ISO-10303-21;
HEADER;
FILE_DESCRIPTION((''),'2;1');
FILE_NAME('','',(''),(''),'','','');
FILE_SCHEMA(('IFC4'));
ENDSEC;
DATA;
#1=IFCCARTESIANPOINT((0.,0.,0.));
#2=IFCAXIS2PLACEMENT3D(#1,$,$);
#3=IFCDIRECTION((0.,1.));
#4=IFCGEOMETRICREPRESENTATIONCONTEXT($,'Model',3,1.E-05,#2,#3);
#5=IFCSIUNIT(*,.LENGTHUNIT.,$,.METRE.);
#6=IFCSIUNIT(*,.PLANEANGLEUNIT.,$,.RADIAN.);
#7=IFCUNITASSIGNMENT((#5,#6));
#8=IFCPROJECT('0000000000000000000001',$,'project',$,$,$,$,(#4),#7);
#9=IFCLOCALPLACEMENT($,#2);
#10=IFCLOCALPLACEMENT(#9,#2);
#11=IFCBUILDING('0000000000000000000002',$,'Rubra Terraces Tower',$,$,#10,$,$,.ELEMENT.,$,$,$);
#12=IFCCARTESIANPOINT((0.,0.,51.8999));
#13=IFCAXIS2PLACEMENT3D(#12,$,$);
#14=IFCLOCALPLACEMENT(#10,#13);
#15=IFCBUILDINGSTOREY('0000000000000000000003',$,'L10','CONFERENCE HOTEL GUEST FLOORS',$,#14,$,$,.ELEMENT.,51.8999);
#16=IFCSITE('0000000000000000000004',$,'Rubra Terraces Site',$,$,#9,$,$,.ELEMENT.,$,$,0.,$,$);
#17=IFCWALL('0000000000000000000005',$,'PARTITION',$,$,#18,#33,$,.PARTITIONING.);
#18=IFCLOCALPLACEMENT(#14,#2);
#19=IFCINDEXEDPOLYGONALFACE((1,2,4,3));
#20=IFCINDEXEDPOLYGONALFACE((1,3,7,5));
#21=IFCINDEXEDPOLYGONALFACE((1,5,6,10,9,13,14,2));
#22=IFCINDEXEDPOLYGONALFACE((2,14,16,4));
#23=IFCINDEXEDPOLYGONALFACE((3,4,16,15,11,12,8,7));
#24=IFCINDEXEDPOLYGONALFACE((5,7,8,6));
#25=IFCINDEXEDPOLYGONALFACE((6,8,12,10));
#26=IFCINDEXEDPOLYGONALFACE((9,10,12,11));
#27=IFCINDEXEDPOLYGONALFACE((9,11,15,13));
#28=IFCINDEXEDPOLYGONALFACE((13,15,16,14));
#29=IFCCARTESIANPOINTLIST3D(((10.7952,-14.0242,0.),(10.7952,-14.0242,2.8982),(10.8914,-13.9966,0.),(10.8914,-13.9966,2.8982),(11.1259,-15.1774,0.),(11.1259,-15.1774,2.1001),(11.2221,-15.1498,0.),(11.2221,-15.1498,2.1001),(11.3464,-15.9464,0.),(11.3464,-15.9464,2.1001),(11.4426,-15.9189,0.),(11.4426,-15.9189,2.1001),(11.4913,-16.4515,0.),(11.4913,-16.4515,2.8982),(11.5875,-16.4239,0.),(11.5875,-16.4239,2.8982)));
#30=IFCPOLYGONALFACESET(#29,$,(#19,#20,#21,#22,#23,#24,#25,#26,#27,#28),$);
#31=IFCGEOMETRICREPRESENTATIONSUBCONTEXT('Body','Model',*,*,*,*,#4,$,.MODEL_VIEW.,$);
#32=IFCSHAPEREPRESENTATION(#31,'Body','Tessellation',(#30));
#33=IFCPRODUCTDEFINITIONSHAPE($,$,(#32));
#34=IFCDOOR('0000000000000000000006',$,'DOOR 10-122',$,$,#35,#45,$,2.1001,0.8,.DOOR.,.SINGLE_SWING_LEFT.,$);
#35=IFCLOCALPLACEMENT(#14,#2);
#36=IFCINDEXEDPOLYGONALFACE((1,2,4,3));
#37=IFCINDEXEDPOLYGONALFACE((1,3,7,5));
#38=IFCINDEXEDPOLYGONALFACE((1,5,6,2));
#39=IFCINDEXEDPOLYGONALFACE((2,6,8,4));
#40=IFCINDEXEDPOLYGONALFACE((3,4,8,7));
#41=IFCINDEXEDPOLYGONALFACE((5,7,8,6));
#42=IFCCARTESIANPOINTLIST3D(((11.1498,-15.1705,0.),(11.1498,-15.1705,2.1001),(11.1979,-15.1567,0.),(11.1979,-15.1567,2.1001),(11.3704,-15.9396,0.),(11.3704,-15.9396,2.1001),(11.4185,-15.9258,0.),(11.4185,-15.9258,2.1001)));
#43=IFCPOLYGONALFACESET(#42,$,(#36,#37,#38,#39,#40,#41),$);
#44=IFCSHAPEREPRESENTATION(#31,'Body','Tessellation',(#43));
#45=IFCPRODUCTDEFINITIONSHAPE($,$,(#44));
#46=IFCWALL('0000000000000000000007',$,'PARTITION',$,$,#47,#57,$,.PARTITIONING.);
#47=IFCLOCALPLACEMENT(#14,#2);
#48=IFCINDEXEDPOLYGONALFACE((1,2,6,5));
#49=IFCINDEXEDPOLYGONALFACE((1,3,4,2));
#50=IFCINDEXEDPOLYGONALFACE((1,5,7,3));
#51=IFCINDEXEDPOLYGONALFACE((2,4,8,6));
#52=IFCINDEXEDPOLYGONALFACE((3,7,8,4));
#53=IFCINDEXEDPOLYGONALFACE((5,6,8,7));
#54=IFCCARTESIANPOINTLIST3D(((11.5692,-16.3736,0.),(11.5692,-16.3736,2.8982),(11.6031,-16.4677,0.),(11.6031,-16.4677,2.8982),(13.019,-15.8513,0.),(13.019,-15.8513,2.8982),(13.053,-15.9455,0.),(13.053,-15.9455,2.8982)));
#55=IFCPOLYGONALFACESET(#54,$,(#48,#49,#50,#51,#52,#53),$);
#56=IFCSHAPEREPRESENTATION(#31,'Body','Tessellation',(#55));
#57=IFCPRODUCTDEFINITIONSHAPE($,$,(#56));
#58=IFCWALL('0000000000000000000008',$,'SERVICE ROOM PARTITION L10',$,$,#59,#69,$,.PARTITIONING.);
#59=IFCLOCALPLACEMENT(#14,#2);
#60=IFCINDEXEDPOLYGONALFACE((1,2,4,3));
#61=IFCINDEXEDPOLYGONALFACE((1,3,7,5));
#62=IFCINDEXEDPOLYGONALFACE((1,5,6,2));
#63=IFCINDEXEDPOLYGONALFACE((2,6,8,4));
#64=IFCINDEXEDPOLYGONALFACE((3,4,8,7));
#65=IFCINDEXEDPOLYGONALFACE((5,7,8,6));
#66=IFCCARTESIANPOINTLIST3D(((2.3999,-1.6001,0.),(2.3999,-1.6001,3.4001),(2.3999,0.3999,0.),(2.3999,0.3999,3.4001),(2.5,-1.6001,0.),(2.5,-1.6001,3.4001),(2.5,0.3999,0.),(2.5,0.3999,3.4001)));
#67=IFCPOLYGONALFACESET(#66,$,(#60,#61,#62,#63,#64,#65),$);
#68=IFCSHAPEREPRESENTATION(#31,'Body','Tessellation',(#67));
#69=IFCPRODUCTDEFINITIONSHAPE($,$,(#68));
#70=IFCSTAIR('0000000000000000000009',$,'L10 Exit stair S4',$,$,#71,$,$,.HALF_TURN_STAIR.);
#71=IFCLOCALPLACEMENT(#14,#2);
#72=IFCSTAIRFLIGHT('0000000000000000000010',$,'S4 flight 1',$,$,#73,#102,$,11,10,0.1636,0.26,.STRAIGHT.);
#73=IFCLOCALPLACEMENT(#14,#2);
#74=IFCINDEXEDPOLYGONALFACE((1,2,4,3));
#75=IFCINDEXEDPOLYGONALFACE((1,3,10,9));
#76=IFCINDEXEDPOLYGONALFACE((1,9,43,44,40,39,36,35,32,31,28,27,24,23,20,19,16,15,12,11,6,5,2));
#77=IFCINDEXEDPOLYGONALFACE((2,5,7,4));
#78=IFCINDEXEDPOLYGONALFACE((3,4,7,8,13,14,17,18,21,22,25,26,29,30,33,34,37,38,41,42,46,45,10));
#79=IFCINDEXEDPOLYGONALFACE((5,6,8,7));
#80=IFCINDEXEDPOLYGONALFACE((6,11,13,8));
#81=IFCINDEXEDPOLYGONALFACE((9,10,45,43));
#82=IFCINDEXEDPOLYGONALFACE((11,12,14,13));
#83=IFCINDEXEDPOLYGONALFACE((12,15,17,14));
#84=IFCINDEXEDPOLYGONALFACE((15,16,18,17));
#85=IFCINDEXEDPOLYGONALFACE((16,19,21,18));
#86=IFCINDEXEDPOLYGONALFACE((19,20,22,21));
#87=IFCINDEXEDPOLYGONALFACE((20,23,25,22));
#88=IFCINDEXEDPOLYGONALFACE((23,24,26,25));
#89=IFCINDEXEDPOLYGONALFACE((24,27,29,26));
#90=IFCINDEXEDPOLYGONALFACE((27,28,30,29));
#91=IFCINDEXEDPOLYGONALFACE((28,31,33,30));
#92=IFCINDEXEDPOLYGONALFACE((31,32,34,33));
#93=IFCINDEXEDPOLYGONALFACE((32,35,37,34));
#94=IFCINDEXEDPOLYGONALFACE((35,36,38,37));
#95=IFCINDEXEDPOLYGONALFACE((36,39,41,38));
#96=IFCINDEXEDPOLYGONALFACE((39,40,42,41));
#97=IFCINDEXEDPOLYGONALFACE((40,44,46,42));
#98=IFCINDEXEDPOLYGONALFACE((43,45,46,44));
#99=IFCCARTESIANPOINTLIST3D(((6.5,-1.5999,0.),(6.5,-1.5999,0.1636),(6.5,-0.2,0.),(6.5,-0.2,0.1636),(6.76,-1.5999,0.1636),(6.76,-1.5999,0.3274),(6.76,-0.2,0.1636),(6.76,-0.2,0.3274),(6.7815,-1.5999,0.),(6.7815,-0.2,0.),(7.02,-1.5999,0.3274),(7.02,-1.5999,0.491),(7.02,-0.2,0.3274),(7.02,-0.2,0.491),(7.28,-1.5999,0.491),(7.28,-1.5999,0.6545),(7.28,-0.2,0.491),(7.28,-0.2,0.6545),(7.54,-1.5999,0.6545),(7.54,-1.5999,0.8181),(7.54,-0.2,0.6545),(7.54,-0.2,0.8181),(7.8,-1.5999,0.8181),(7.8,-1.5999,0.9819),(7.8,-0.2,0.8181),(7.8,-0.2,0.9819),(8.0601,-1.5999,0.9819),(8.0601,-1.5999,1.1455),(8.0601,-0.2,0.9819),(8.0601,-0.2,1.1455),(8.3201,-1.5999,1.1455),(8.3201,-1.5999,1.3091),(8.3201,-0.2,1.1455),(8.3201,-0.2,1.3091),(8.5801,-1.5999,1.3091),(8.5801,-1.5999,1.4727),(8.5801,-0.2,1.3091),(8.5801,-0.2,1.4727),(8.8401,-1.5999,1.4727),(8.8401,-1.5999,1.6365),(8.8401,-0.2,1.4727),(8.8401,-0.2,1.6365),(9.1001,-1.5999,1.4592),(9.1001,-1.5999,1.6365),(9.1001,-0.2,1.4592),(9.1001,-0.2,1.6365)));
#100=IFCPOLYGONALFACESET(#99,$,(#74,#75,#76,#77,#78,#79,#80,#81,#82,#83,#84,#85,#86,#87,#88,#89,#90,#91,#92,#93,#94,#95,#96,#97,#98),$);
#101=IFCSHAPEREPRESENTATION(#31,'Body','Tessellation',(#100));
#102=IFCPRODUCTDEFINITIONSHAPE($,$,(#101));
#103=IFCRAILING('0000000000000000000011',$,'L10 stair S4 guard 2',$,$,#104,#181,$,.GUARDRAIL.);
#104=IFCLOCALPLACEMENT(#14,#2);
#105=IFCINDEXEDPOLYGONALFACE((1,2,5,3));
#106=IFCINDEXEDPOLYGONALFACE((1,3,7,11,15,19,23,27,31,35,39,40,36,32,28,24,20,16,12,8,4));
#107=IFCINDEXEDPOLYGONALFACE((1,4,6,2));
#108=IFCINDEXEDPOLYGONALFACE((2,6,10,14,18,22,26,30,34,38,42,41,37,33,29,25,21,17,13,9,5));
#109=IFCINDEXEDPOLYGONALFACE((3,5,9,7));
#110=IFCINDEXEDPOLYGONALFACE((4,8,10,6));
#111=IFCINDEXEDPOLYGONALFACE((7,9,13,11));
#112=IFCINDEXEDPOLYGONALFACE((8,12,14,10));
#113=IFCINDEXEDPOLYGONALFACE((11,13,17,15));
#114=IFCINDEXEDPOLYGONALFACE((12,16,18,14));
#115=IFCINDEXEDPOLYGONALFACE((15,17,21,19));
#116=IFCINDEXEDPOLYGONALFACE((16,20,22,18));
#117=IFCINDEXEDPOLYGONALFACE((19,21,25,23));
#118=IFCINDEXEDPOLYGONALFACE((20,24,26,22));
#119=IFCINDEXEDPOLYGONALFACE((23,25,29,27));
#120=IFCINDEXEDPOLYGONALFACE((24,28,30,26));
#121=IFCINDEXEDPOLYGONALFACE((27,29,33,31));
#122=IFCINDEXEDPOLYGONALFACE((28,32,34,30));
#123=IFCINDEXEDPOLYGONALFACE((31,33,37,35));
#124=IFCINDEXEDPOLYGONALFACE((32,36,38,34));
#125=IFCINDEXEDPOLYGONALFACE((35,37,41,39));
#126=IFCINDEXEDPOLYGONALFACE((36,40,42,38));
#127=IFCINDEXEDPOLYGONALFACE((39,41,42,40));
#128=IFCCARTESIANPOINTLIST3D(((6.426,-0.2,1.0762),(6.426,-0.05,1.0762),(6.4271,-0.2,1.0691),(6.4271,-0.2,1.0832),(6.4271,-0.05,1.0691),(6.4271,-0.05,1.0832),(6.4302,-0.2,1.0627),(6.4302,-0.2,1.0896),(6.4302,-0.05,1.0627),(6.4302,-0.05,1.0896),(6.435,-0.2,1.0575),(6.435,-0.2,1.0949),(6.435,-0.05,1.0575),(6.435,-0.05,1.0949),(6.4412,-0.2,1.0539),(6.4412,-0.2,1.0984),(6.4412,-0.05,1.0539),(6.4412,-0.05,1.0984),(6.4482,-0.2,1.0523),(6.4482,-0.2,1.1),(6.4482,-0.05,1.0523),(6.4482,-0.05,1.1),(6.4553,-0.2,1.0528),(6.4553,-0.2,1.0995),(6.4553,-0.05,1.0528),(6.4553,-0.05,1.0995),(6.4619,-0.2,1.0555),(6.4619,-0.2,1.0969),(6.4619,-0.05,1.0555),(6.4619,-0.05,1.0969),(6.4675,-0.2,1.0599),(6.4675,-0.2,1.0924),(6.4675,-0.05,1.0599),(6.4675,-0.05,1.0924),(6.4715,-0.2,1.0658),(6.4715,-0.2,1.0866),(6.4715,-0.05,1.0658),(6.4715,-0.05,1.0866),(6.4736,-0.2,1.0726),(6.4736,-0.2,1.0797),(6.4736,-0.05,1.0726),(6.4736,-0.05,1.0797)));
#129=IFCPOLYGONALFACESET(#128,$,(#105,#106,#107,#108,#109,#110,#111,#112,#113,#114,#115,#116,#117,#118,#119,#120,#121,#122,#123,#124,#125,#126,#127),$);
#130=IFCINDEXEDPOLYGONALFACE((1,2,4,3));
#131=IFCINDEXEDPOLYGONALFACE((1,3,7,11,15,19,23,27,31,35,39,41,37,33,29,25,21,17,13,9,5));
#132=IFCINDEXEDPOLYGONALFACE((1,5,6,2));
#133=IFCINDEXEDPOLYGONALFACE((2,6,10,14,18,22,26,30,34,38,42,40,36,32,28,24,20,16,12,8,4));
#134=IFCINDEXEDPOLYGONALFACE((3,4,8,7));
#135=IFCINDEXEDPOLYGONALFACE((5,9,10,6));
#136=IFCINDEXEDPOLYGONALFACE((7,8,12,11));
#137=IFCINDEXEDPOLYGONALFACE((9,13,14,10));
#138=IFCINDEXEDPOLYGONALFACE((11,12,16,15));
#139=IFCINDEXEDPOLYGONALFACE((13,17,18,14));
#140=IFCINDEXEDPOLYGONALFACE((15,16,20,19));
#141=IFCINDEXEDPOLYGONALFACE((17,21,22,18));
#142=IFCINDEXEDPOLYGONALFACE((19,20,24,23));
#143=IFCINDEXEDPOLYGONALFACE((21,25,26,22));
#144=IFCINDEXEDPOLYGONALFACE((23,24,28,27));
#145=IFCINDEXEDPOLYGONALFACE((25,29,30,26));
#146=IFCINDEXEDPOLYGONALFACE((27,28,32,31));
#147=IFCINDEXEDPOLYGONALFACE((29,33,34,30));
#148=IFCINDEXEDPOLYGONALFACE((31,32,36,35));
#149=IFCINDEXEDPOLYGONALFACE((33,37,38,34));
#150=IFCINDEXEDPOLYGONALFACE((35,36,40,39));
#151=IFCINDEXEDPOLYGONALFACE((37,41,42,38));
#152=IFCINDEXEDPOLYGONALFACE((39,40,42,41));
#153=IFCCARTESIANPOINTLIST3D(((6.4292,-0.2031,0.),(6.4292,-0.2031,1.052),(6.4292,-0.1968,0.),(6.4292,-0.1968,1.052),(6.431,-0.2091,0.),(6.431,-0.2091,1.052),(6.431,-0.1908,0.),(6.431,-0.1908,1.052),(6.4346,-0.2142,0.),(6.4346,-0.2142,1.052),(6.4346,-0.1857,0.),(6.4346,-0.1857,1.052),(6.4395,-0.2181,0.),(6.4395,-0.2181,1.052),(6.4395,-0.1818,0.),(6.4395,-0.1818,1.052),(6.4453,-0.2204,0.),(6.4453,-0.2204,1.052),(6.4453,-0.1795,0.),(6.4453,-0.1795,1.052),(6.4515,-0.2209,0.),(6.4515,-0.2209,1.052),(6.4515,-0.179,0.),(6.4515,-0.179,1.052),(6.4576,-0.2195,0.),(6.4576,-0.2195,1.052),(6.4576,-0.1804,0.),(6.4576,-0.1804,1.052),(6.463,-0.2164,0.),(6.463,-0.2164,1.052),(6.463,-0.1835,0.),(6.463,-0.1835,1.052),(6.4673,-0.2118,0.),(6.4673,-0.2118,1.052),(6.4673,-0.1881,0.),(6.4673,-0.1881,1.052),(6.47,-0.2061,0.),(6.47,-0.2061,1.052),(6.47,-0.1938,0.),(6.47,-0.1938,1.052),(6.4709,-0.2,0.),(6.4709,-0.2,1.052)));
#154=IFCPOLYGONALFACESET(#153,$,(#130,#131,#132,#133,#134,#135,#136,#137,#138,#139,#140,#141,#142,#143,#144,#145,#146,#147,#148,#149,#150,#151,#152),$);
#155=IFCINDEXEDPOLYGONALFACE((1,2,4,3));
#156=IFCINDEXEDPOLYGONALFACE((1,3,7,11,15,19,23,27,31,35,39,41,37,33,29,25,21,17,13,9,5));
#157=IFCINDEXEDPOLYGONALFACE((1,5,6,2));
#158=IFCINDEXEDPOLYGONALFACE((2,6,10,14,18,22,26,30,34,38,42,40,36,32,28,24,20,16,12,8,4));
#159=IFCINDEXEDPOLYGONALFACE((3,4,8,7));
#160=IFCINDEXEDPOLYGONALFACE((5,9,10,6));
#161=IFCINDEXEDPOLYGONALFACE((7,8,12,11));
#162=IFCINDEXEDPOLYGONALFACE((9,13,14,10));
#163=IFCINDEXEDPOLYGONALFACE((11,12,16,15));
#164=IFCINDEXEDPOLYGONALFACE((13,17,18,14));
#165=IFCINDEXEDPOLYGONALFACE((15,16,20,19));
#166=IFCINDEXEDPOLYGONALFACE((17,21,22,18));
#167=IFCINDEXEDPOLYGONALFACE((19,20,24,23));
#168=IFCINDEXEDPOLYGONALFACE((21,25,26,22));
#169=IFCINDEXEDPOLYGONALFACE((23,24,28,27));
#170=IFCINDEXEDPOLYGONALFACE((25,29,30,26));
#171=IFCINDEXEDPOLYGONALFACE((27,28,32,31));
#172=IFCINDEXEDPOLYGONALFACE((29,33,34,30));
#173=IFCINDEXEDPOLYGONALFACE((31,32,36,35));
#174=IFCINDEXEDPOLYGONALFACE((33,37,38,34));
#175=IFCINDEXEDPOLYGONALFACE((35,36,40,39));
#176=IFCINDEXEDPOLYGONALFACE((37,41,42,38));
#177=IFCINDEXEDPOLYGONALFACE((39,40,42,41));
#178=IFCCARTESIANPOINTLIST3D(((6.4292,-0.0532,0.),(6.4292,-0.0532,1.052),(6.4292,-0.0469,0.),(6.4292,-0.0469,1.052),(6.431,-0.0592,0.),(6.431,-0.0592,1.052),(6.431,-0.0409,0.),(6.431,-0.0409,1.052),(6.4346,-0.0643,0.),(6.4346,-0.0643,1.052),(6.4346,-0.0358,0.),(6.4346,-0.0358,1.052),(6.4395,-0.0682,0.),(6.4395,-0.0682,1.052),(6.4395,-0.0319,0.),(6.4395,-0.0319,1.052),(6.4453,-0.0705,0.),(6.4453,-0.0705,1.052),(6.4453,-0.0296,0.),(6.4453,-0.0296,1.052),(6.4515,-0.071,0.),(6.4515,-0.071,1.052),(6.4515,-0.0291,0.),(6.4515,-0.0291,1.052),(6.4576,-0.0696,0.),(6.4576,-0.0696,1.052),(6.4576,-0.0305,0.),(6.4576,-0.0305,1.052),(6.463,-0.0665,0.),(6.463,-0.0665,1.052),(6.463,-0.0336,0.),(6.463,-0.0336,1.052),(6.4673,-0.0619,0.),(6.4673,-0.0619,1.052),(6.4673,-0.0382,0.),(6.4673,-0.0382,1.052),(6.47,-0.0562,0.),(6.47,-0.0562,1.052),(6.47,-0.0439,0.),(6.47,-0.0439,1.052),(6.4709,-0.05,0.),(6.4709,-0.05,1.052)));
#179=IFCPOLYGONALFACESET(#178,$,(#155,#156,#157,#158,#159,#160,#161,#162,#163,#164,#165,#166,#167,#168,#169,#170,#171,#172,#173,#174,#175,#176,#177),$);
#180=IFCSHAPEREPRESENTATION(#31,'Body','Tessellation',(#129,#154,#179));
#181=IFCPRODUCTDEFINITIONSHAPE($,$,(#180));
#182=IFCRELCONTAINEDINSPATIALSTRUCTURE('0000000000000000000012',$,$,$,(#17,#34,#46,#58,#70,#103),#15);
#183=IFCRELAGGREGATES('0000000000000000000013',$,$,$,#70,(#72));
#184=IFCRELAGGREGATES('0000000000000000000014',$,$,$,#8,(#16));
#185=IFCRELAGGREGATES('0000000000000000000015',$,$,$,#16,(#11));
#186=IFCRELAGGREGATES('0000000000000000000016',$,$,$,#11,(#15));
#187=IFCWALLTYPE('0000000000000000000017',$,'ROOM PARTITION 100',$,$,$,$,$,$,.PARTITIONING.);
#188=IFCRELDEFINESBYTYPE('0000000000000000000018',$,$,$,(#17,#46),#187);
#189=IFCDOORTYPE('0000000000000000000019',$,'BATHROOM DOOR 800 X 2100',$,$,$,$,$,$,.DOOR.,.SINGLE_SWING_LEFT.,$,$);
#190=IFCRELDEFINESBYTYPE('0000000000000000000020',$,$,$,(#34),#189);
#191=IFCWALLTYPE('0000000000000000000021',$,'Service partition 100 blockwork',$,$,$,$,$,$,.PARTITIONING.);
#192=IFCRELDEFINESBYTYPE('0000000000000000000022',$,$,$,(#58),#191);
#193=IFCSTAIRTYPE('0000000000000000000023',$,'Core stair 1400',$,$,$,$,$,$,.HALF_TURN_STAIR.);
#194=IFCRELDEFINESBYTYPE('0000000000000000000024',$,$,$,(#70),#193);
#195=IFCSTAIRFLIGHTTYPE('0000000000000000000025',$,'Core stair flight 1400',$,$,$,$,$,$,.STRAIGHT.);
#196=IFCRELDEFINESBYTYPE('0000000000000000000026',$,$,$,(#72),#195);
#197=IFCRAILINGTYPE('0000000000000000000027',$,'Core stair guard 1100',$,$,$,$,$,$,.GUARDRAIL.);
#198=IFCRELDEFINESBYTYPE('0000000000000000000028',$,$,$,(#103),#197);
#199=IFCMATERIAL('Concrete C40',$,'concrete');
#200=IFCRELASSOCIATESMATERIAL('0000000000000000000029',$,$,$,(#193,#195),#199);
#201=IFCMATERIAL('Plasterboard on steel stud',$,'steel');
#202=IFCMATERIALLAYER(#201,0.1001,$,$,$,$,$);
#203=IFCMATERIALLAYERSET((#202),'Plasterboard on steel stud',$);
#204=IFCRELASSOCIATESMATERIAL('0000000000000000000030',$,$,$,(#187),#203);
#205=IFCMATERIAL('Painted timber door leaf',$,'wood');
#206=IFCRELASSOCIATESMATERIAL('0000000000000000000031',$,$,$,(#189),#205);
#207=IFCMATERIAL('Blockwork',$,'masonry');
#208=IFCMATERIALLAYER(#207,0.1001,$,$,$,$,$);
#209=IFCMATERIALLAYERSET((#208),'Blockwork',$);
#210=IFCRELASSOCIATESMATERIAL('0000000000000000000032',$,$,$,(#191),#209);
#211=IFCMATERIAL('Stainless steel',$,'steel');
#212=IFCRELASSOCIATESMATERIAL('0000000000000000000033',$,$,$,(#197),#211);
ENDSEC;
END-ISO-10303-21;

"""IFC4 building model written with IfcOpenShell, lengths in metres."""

from ifc_helpers import new_model, si_unit, direction, frame, frame_2d, origin, origin_2d, place, context, subcontext, project, spatial, polyline, rectangle, circle, outline, extrude, material, layer, layer_set, type_object, element, fill, aggregate, save


model = new_model("IFC4")

# Units and contexts
model_context = context("Model", 3, precision=1e-05, world=origin(), true_north=direction((0.0, 1.0)))
body_context = subcontext(model_context, "Body", "Model", "MODEL_VIEW")
ifc_project = project(units=[si_unit("LENGTHUNIT", "METRE"), si_unit("PLANEANGLEUNIT", "RADIAN")], contexts=[model_context])

# Site, building, storey
site_placement = place(None, origin())
site = spatial("IfcSite", under=ifc_project, at=site_placement, Name="Rubra Terraces Site", CompositionType="ELEMENT", RefElevation=0.0)
building_placement = place(site_placement, origin())
building = spatial("IfcBuilding", under=site, at=building_placement, Name="Rubra Terraces Tower", CompositionType="ELEMENT")
storey_placement = place(building_placement, frame((0.0, 0.0, 51.8999)))
storey = spatial("IfcBuildingStorey", under=building, at=storey_placement, Name="L10", Description="CONFERENCE HOTEL GUEST FLOORS", CompositionType="ELEMENT", Elevation=51.8999)

# Shared definitions
ifc_material_1 = material(Name="Concrete C40", Category="concrete")

# Shared definitions
stair_type = type_object("IfcStairType", Name="Core stair 1400", PredefinedType="HALF_TURN_STAIR", material=ifc_material_1)

# Shared definitions
ifc_material_2 = material(Name="Painted timber door leaf", Category="wood")

# Wall, opening, door
ifc_material_3 = material(Name="Plasterboard on steel stud", Category="steel")
ifc_layer_1 = layer(ifc_material_3, 0.1001)
ifc_layer_set_1 = layer_set([ifc_layer_1], Name="Plasterboard on steel stud")
wall_type_1 = type_object("IfcWallType", Name="ROOM PARTITION 100", PredefinedType="PARTITIONING", material=ifc_layer_set_1)
door_type_1 = type_object("IfcDoorType", Name="BATHROOM DOOR 800 X 2100", OperationType="SINGLE_SWING_LEFT", PredefinedType="DOOR", material=ifc_material_2)
wall_1_placement = place(storey_placement, frame((10.8433, -14.0103, 0.0), z_axis=(0.0, 0.0, 1.0), x_axis=(0.275653, -0.961257, 0.0)))
wall_1 = element("IfcWall", 1, at=wall_1_placement, inside=storey, type_object=wall_type_1, Name="PARTITION", PredefinedType="PARTITIONING", context=body_context, shape_type="SweptSolid", body=[
    extrude(rectangle(XDim=2.5251, YDim=0.1001, at=frame_2d((1.2627, 0.0))), origin(), (0.0, 0.0, 1.0), 2.8982),
])
opening_1_placement = place(wall_1_placement, frame((1.2, 0.0, 0.0)))
opening_1 = element("IfcOpeningElement", 2, at=opening_1_placement, cuts=wall_1, PredefinedType="OPENING", context=body_context, shape_type="SweptSolid", body=[
    extrude(rectangle(XDim=0.8, YDim=2.1001, at=frame_2d((0.3999, 1.05))), frame((0.0, 0.0601, 0.0), z_axis=(0.0, -1.0, 0.0), x_axis=(1.0, 0.0, 0.0)), (0.0, 0.0, 1.0), 0.1201),
])
door_1_placement = place(opening_1_placement, origin())
door_1 = element("IfcDoor", 3, at=door_1_placement, inside=storey, type_object=door_type_1, Name="DOOR 10-122", OperationType="SINGLE_SWING_LEFT", OverallHeight=2.1001, OverallWidth=0.8, PredefinedType="DOOR", context=body_context, shape_type="SweptSolid", body=[
    extrude(rectangle(XDim=0.8, YDim=2.1001, at=frame_2d((0.3999, 1.05))), frame((0.0, 0.0249, 0.0), z_axis=(0.0, -1.0, 0.0), x_axis=(1.0, 0.0, 0.0)), (0.0, 0.0, 1.0), 0.05),
])
fill(opening_1, door_1)

# Walls
wall_2_placement = place(storey_placement, frame((11.5862, -16.4207, 0.0), z_axis=(0.0, 0.0, 1.0), x_axis=(0.940821, 0.338905, 0.0)))
element("IfcWall", 4, at=wall_2_placement, inside=storey, type_object=wall_type_1, Name="PARTITION", PredefinedType="PARTITIONING", context=body_context, shape_type="SweptSolid", body=[
    extrude(rectangle(XDim=1.541, YDim=0.1001, at=frame_2d((0.7705, 0.0))), origin(), (0.0, 0.0, 1.0), 2.8982),
])
ifc_material_4 = material(Name="Blockwork", Category="masonry")
ifc_layer_2 = layer(ifc_material_4, 0.1001)
ifc_layer_set_2 = layer_set([ifc_layer_2], Name="Blockwork")
wall_type_2 = type_object("IfcWallType", Name="Service partition 100 blockwork", PredefinedType="PARTITIONING", material=ifc_layer_set_2)
wall_3_placement = place(storey_placement, frame((2.45, -1.6001, 0.0), z_axis=(0.0, 0.0, 1.0), x_axis=(0.0, 1.0, 0.0)))
element("IfcWall", 5, at=wall_3_placement, inside=storey, type_object=wall_type_2, Name="SERVICE ROOM PARTITION L10", PredefinedType="PARTITIONING", context=body_context, shape_type="SweptSolid", body=[
    extrude(rectangle(XDim=2.0, YDim=0.1001, at=frame_2d((1.0, 0.0))), origin(), (0.0, 0.0, 1.0), 3.4001),
])

# Stair, stair flight
stair_1_placement = place(storey_placement, origin())
stair_1 = element("IfcStair", 6, at=stair_1_placement, inside=storey, type_object=stair_type, Name="L10 Exit stair S4", PredefinedType="HALF_TURN_STAIR")
stair_flight_type = type_object("IfcStairFlightType", Name="Core stair flight 1400", PredefinedType="STRAIGHT", material=ifc_material_1)
stair_flight_placement = place(storey_placement, frame((6.5, -0.8999, 0.0), z_axis=(0.0, 0.0, 1.0), x_axis=(1.0, 0.0, 0.0)))
stair_flight = element("IfcStairFlight", 7, at=stair_flight_placement, type_object=stair_flight_type, Name="S4 flight 1", NumberOfRisers=11, NumberOfTreads=10, PredefinedType="STRAIGHT", RiserHeight=0.1636, TreadLength=0.26, context=body_context, shape_type="SweptSolid", body=[
    extrude(outline(polyline([(0.0, 0.0), (0.0, 0.1636), (0.26, 0.1636), (0.26, 0.3274), (0.52, 0.3274), (0.52, 0.491), (0.78, 0.491), (0.78, 0.6545), (1.04, 0.6545), (1.04, 0.8181), (1.3, 0.8181), (1.3, 0.9819), (1.5601, 0.9819), (1.5601, 1.1455), (1.8201, 1.1455), (1.8201, 1.3091), (2.0801, 1.3091), (2.0801, 1.4727), (2.3401, 1.4727), (2.3401, 1.6365), (2.6001, 1.6365), (2.6001, 1.8), (2.6001, 1.4592), (0.2815, 0.0), (0.0, 0.0)])), frame((0.0, 0.7, 0.0), z_axis=(0.0, -1.0, 0.0), x_axis=(1.0, 0.0, 0.0)), (0.0, 0.0, 1.0), 1.3999),
])
aggregate(stair_1, [stair_flight])

# Railing
ifc_material_5 = material(Name="Stainless steel", Category="steel")
railing_type_1 = type_object("IfcRailingType", Name="Core stair guard 1100", PredefinedType="GUARDRAIL", material=ifc_material_5)
railing_1_placement = place(storey_placement, frame((6.45, -0.2, 0.0)))
element("IfcRailing", 8, at=railing_1_placement, inside=storey, type_object=railing_type_1, Name="L10 stair S4 guard 2", PredefinedType="GUARDRAIL", context=body_context, shape_type="SweptSolid", body=[
    extrude(circle(Radius=0.0239, at=origin_2d()), frame((0.0, 0.0, 1.0762), z_axis=(0.0, 1.0, 0.0), x_axis=(-1.0, 0.0, 0.0)), (0.0, 0.0, 1.0), 0.1499),
    extrude(circle(Radius=0.021, at=origin_2d()), origin(), (0.0, 0.0, 1.0), 1.052),
    extrude(circle(Radius=0.021, at=origin_2d()), frame((0.0, 0.1499, 0.0)), (0.0, 0.0, 1.0), 1.052),
])

save(model, "model.ifc")
